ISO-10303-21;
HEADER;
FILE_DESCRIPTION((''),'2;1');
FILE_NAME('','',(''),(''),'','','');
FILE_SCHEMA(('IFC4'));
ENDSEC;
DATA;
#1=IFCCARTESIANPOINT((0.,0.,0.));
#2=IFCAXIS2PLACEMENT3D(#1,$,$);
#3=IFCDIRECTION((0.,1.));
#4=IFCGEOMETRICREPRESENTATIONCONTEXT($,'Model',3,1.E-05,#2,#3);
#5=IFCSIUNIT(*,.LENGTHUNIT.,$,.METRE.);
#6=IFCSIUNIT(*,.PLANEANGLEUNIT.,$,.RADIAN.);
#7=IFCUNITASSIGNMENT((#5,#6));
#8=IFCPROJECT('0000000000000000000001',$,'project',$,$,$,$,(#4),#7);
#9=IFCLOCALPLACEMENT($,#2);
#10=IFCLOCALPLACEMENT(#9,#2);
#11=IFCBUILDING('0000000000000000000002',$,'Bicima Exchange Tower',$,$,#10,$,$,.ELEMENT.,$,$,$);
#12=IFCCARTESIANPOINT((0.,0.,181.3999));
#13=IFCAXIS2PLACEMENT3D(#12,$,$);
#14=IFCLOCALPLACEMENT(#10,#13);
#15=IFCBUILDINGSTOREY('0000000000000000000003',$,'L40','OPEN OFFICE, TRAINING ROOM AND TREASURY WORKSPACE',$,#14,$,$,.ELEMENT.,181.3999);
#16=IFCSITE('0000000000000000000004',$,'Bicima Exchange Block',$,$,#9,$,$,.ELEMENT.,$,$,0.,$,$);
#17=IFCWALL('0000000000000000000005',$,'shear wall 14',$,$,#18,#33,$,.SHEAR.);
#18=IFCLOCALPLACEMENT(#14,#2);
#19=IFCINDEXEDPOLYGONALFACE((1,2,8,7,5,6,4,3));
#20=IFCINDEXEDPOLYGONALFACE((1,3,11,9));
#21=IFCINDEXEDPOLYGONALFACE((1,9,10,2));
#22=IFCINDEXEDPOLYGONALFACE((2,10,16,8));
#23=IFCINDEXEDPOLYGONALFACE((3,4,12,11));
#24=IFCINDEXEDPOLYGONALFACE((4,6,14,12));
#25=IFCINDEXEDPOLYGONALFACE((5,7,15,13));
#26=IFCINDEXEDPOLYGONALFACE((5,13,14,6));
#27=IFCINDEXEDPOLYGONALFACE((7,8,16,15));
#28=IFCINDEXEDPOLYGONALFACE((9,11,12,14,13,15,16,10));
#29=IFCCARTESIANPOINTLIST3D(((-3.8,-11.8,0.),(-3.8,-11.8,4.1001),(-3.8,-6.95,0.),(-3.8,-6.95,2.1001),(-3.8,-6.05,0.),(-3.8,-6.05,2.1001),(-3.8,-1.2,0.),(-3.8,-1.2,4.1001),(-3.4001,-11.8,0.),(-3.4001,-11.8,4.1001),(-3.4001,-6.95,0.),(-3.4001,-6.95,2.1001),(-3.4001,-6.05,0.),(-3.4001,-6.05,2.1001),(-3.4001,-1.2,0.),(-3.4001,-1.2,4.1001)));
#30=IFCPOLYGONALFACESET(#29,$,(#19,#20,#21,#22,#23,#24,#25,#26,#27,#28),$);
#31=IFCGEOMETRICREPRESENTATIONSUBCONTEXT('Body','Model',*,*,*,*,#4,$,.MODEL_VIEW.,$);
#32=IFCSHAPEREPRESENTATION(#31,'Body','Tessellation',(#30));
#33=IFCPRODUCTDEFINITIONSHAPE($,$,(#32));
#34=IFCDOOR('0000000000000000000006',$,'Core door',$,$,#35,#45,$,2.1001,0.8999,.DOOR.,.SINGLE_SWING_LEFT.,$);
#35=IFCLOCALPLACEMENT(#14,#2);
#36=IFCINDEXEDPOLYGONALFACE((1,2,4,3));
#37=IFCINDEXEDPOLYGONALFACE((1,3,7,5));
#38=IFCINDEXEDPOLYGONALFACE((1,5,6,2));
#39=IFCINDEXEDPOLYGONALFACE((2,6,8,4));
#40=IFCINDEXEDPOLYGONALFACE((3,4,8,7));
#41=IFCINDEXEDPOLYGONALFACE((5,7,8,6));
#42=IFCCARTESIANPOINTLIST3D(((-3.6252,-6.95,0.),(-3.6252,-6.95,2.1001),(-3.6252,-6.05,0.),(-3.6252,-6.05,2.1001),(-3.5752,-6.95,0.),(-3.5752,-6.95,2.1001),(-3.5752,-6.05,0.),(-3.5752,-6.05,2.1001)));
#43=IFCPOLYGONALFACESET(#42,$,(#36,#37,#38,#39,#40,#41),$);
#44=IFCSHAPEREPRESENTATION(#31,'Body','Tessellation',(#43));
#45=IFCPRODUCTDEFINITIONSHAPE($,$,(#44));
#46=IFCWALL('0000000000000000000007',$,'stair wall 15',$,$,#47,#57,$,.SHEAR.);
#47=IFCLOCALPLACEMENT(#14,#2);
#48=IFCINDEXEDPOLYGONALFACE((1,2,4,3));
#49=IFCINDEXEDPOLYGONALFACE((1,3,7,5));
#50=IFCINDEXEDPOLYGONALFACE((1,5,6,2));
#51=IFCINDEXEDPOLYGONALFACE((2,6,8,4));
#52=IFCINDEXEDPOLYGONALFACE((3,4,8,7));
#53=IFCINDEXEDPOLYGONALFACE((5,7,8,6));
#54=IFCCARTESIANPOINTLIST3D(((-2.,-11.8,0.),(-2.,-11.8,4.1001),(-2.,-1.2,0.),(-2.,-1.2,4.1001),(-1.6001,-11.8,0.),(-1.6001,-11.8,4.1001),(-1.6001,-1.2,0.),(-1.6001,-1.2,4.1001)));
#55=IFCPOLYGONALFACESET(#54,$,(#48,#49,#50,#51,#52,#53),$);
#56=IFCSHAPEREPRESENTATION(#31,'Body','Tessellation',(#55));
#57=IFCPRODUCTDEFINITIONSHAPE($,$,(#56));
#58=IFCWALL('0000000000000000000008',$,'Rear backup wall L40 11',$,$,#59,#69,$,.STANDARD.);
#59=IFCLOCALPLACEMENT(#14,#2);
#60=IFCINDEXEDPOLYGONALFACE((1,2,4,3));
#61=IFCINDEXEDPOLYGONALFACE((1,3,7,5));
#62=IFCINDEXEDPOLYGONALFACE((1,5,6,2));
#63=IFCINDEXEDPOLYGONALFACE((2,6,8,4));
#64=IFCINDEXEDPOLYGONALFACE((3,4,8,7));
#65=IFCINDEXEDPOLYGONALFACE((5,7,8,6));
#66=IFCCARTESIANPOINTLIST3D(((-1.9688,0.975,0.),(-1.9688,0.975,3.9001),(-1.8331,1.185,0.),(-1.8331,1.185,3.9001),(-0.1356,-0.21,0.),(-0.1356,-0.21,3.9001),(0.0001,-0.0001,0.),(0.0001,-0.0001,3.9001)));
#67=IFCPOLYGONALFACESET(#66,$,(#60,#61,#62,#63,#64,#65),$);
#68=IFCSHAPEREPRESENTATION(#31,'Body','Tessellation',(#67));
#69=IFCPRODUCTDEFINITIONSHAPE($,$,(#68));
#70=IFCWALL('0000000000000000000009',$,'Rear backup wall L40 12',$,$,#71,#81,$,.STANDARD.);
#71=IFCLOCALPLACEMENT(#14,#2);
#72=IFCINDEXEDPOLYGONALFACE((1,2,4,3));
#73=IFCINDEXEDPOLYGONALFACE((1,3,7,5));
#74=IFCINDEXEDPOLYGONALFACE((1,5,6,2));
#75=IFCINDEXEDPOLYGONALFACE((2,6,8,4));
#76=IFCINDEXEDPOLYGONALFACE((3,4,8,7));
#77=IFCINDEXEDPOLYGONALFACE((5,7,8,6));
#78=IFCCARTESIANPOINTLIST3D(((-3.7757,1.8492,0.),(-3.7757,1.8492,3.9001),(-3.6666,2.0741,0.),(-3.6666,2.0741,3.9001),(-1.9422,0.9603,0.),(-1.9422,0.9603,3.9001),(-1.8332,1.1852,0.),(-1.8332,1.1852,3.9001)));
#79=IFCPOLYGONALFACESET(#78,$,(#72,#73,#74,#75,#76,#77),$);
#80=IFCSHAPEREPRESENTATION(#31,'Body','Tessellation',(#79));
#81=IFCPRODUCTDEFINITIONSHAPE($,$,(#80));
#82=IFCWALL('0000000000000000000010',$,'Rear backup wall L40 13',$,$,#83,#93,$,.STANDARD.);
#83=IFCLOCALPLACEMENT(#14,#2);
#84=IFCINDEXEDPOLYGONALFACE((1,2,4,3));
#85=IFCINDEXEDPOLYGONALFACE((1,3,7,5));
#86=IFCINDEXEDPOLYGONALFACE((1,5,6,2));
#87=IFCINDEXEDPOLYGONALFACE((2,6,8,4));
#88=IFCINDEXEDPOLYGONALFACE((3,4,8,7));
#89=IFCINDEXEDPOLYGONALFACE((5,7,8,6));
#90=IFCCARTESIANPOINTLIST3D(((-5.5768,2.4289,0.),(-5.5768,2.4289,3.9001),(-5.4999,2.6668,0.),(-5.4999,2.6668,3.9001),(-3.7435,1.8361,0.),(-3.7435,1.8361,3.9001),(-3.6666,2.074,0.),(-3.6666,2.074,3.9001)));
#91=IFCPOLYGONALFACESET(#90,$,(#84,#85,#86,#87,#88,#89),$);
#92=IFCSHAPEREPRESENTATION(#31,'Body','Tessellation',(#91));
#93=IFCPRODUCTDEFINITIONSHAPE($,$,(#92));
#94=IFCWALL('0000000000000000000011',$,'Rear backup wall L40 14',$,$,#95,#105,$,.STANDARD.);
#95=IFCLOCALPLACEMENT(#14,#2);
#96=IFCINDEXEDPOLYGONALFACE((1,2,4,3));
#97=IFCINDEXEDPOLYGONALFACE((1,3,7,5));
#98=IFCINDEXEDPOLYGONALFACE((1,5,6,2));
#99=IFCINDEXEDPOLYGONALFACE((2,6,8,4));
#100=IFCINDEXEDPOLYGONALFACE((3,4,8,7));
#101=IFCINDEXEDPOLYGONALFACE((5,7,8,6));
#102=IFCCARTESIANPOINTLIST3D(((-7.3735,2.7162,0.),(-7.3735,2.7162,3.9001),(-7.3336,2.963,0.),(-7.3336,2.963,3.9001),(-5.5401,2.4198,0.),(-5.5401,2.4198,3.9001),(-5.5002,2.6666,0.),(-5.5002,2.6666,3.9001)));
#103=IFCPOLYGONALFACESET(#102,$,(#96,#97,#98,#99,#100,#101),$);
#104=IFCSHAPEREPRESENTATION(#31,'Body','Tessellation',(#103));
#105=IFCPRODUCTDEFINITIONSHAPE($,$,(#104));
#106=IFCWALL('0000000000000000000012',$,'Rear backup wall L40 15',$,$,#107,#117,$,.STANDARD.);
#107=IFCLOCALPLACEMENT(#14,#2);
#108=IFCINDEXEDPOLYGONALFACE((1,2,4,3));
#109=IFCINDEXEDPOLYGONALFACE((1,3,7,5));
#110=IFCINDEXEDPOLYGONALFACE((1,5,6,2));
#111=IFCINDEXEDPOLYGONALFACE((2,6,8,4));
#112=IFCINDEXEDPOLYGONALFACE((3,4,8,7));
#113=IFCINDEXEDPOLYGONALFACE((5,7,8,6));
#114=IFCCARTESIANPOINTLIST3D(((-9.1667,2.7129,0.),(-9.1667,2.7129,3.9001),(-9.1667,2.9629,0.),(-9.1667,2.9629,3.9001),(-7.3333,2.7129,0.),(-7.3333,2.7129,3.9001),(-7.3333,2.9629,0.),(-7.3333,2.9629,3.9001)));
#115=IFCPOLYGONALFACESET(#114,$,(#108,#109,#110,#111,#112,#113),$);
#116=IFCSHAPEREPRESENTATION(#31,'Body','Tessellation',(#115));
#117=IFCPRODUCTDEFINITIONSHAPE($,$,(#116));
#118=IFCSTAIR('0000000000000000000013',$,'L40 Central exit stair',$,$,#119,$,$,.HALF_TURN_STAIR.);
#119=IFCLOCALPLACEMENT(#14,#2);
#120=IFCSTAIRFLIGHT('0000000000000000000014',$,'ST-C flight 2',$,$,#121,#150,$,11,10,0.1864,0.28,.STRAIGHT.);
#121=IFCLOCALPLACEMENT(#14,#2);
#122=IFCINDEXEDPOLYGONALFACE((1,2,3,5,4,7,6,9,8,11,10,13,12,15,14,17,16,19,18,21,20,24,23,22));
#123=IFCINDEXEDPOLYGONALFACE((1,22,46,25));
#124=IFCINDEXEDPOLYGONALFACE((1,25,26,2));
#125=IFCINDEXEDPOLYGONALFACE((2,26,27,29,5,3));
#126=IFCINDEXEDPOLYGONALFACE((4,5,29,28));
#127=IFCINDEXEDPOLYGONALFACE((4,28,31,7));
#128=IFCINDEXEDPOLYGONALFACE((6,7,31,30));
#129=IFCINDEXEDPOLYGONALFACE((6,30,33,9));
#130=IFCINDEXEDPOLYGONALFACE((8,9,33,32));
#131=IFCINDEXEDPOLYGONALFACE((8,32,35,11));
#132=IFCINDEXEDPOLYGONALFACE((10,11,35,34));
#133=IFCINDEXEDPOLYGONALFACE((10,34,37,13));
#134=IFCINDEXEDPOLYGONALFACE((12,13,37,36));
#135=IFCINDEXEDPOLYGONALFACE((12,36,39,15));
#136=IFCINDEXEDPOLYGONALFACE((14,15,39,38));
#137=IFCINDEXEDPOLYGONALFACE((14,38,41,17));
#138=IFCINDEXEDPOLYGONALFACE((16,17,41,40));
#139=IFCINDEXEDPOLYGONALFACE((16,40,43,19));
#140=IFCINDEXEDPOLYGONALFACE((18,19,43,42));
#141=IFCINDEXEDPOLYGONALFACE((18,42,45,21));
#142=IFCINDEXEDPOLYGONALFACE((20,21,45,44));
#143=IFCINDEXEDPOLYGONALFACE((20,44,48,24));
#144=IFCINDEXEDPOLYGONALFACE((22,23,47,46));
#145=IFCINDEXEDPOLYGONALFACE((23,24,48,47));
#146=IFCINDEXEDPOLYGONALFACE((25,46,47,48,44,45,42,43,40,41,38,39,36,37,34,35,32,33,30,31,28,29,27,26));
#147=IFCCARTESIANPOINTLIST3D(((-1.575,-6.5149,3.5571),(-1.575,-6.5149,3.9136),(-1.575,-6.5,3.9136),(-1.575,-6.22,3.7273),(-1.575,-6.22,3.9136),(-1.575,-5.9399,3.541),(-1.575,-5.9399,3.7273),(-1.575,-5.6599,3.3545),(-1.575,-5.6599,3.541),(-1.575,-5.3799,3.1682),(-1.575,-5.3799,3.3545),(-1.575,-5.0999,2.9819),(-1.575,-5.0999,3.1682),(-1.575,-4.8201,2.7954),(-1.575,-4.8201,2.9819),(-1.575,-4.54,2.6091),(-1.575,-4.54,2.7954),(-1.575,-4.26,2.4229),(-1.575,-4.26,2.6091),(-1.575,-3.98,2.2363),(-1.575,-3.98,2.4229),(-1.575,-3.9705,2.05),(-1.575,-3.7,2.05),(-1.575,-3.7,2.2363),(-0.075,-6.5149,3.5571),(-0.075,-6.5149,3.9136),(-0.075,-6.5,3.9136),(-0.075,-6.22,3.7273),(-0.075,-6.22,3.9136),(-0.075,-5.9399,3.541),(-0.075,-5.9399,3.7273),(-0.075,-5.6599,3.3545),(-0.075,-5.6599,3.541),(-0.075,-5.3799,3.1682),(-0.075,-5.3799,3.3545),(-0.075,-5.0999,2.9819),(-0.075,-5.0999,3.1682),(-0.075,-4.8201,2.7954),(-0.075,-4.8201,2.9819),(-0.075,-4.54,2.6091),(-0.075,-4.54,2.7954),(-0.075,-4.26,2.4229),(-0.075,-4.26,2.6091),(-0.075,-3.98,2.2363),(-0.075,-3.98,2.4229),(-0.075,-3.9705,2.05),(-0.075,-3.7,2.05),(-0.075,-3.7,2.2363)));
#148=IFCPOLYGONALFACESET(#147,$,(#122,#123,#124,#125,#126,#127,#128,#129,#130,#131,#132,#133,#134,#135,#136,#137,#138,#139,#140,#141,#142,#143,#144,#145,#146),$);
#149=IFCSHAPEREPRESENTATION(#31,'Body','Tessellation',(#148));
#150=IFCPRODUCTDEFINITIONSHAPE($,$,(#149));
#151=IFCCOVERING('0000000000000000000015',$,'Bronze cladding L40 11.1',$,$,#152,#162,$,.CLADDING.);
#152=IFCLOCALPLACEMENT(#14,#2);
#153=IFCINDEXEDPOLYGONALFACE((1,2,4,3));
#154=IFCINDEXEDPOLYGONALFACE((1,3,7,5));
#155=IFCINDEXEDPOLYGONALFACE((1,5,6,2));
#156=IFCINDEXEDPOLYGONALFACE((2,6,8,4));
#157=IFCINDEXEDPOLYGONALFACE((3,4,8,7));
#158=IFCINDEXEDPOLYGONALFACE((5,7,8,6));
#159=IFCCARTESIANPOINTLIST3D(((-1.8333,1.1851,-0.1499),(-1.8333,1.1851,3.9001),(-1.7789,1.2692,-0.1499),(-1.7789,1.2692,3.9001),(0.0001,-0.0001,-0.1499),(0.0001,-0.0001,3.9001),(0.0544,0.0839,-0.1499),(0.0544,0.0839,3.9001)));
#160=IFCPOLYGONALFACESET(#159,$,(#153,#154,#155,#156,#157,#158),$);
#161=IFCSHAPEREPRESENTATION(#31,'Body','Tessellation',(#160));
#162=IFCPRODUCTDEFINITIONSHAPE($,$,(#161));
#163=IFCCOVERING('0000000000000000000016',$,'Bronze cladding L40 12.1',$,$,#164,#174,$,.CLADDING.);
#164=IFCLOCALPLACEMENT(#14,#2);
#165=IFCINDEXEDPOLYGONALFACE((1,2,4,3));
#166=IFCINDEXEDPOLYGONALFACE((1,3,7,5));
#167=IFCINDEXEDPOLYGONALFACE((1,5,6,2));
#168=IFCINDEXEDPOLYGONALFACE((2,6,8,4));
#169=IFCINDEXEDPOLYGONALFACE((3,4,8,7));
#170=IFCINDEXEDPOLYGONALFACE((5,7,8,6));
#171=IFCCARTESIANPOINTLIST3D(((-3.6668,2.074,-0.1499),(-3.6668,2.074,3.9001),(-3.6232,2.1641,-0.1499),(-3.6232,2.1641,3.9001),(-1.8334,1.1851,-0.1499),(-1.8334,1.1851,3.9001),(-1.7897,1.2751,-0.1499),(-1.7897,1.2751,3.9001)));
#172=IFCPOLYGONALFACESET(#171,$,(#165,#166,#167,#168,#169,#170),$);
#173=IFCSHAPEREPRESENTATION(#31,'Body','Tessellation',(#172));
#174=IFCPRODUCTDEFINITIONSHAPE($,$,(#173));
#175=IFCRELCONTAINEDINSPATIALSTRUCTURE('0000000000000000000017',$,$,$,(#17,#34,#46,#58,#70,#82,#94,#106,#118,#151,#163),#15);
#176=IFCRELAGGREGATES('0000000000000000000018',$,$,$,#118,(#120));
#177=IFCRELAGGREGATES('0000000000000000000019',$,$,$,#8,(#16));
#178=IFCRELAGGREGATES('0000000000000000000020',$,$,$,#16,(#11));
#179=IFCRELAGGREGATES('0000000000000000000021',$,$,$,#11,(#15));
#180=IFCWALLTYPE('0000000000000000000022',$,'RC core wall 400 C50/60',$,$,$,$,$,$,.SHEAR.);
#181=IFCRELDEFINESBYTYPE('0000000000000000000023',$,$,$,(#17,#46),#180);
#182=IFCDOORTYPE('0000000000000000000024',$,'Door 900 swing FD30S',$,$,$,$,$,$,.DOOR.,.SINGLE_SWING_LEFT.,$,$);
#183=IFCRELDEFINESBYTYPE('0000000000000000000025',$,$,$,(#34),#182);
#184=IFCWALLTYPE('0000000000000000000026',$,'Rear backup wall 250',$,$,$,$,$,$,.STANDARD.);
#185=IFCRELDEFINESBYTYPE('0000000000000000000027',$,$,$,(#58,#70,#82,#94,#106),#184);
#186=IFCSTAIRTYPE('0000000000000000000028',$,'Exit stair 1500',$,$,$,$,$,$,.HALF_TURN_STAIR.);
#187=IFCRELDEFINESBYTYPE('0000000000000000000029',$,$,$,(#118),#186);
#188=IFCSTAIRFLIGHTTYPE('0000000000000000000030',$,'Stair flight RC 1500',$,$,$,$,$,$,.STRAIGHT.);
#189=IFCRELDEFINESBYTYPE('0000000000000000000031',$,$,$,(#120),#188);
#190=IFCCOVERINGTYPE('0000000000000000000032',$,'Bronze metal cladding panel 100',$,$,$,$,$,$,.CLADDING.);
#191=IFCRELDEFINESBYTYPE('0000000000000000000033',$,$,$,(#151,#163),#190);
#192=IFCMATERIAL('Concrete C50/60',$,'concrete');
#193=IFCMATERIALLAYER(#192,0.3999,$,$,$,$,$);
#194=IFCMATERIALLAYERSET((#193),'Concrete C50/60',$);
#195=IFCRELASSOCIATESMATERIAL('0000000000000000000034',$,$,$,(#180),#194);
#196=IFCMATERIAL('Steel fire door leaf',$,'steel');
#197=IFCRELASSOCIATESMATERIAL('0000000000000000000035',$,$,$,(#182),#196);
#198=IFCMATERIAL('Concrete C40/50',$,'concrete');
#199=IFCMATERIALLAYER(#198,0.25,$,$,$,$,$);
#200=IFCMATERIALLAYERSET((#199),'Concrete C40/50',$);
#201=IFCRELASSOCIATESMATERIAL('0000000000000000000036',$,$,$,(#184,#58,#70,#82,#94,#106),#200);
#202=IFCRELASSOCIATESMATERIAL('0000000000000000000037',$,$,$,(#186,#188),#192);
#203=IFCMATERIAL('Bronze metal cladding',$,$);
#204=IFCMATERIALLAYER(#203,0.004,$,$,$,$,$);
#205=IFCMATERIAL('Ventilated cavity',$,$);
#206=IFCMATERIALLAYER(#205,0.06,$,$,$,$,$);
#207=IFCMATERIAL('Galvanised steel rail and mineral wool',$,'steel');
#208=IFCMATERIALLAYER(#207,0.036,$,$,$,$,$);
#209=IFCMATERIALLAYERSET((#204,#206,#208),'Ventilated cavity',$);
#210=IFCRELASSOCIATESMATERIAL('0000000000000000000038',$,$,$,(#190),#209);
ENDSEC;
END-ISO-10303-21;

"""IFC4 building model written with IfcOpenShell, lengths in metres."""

from ifc_helpers import new_model, si_unit, direction, frame, frame_2d, origin, origin_2d, place, context, subcontext, project, spatial, polyline, rectangle, outline, extrude, material, layer, layer_set, layer_usage, type_object, element, fill, aggregate, save


model = new_model("IFC4")

# Units and contexts
model_context = context("Model", 3, precision=1e-05, world=origin(), true_north=direction((0.0, 1.0)))
body_context = subcontext(model_context, "Body", "Model", "MODEL_VIEW")
ifc_project = project(units=[si_unit("LENGTHUNIT", "METRE"), si_unit("PLANEANGLEUNIT", "RADIAN")], contexts=[model_context])

# Site, building, storey
site_placement = place(None, origin())
site = spatial("IfcSite", under=ifc_project, at=site_placement, Name="Bicima Exchange Block", CompositionType="ELEMENT", RefElevation=0.0)
building_placement = place(site_placement, origin())
building = spatial("IfcBuilding", under=site, at=building_placement, Name="Bicima Exchange Tower", CompositionType="ELEMENT")
storey_placement = place(building_placement, frame((0.0, 0.0, 181.3999)))
storey = spatial("IfcBuildingStorey", under=building, at=storey_placement, Name="L40", Description="OPEN OFFICE, TRAINING ROOM AND TREASURY WORKSPACE", CompositionType="ELEMENT", Elevation=181.3999)

# Shared definitions
ifc_material_1 = material(Name="Concrete C40/50", Category="concrete")

# Shared definitions
ifc_material_2 = material(Name="Concrete C50/60", Category="concrete")
ifc_layer_1 = layer(ifc_material_2, 0.3999)
ifc_layer_set_1 = layer_set([ifc_layer_1], Name="Concrete C50/60")
wall_type_1 = type_object("IfcWallType", Name="RC core wall 400 C50/60", PredefinedType="SHEAR", material=ifc_layer_set_1)
ifc_material_3 = material(Name="Steel fire door leaf", Category="steel")

# Wall, opening, door
wall_1_placement = place(storey_placement, frame((-3.6001, -11.8, 0.0), z_axis=(0.0, 0.0, 1.0), x_axis=(0.0, 1.0, 0.0)))
wall_1 = element("IfcWall", 1, at=wall_1_placement, inside=storey, type_object=wall_type_1, Name="shear wall 14", PredefinedType="SHEAR", context=body_context, shape_type="SweptSolid", body=[
    extrude(rectangle(XDim=10.6001, YDim=0.3999, at=frame_2d((5.3, 0.0))), origin(), (0.0, 0.0, 1.0), 4.1001),
])
opening_1_placement = place(wall_1_placement, frame((4.8501, 0.0, 0.0)))
opening_1 = element("IfcOpeningElement", 2, at=opening_1_placement, cuts=wall_1, PredefinedType="OPENING", context=body_context, shape_type="SweptSolid", body=[
    extrude(rectangle(XDim=0.8999, YDim=2.1001, at=frame_2d((0.45, 1.05))), frame((0.0, 0.2119, 0.0), z_axis=(0.0, -1.0, 0.0), x_axis=(1.0, 0.0, 0.0)), (0.0, 0.0, 1.0), 0.4238),
])
door_type_1 = type_object("IfcDoorType", Name="Door 900 swing FD30S", OperationType="SINGLE_SWING_LEFT", PredefinedType="DOOR", material=ifc_material_3)
door_1_placement = place(opening_1_placement, frame((0.8999, 0.0, 0.0), z_axis=(0.0, 0.0, 1.0), x_axis=(-1.0, 0.0, 0.0)))
door_1 = element("IfcDoor", 3, at=door_1_placement, inside=storey, type_object=door_type_1, Name="Core door", OperationType="SINGLE_SWING_LEFT", OverallHeight=2.1001, OverallWidth=0.8999, PredefinedType="DOOR", context=body_context, shape_type="SweptSolid", body=[
    extrude(rectangle(XDim=0.8999, YDim=2.1001, at=frame_2d((0.45, 1.05))), frame((0.0, 0.0249, 0.0), z_axis=(0.0, -1.0, 0.0), x_axis=(1.0, 0.0, 0.0)), (0.0, 0.0, 1.0), 0.05),
])
fill(opening_1, door_1)

# Walls
wall_2_placement = place(storey_placement, frame((-1.8, -11.8, 0.0), z_axis=(0.0, 0.0, 1.0), x_axis=(0.0, 1.0, 0.0)))
element("IfcWall", 4, at=wall_2_placement, inside=storey, type_object=wall_type_1, Name="stair wall 15", PredefinedType="SHEAR", context=body_context, shape_type="SweptSolid", body=[
    extrude(rectangle(XDim=10.6001, YDim=0.3999, at=frame_2d((5.3, 0.0))), origin(), (0.0, 0.0, 1.0), 4.1001),
])
ifc_layer_2 = layer(ifc_material_1, 0.25)
ifc_layer_set_2 = layer_set([ifc_layer_2], Name="Concrete C40/50")
ifc_layer_usage = layer_usage(ifc_layer_set_2, "AXIS2", "POSITIVE", -0.125)
wall_type_2 = type_object("IfcWallType", Name="Rear backup wall 250", PredefinedType="STANDARD", material=ifc_layer_set_2)
wall_3_placement = place(storey_placement, frame((-0.0679, -0.105, 0.0), z_axis=(0.0, 0.0, 1.0), x_axis=(-0.839813, 0.542876, 0.0)))
element("IfcWall", 5, at=wall_3_placement, inside=storey, type_object=wall_type_2, material=ifc_layer_usage, Name="Rear backup wall L40 11", PredefinedType="STANDARD", context=body_context, shape_type="SweptSolid", body=[
    extrude(rectangle(XDim=2.1829, YDim=0.25, at=frame_2d((1.0913, 0.0))), origin(), (0.0, 0.0, 1.0), 3.9001),
])
wall_4_placement = place(storey_placement, frame((-1.8877, 1.0728, 0.0), z_axis=(0.0, 0.0, 1.0), x_axis=(-0.899824, 0.436253, 0.0)))
element("IfcWall", 6, at=wall_4_placement, inside=storey, type_object=wall_type_2, material=ifc_layer_usage, Name="Rear backup wall L40 12", PredefinedType="STANDARD", context=body_context, shape_type="SweptSolid", body=[
    extrude(rectangle(XDim=2.0376, YDim=0.25, at=frame_2d((1.0188, 0.0))), origin(), (0.0, 0.0, 1.0), 3.9001),
])
wall_5_placement = place(storey_placement, frame((-3.7051, 1.9551, 0.0), z_axis=(0.0, 0.0, 1.0), x_axis=(-0.951496, 0.307662, 0.0)))
element("IfcWall", 7, at=wall_5_placement, inside=storey, type_object=wall_type_2, material=ifc_layer_usage, Name="Rear backup wall L40 13", PredefinedType="STANDARD", context=body_context, shape_type="SweptSolid", body=[
    extrude(rectangle(XDim=1.9268, YDim=0.25, at=frame_2d((0.9634, 0.0))), origin(), (0.0, 0.0, 1.0), 3.9001),
])
wall_6_placement = place(storey_placement, frame((-5.52, 2.5432, 0.0), z_axis=(0.0, 0.0, 1.0), x_axis=(-0.987182, 0.1596, 0.0)))
element("IfcWall", 8, at=wall_6_placement, inside=storey, type_object=wall_type_2, material=ifc_layer_usage, Name="Rear backup wall L40 14", PredefinedType="STANDARD", context=body_context, shape_type="SweptSolid", body=[
    extrude(rectangle(XDim=1.8572, YDim=0.25, at=frame_2d((0.9287, 0.0))), origin(), (0.0, 0.0, 1.0), 3.9001),
])
wall_7_placement = place(storey_placement, frame((-7.3333, 2.8379, 0.0), z_axis=(0.0, 0.0, 1.0), x_axis=(-1.0, 0.0, 0.0)))
element("IfcWall", 9, at=wall_7_placement, inside=storey, type_object=wall_type_2, material=ifc_layer_usage, Name="Rear backup wall L40 15", PredefinedType="STANDARD", context=body_context, shape_type="SweptSolid", body=[
    extrude(rectangle(XDim=1.8335, YDim=0.25, at=frame_2d((0.9167, 0.0))), origin(), (0.0, 0.0, 1.0), 3.9001),
])

# Stair, stair flight
stair_type = type_object("IfcStairType", Name="Exit stair 1500", PredefinedType="HALF_TURN_STAIR", material=ifc_material_2)
stair_placement = place(storey_placement, origin())
stair = element("IfcStair", 10, at=stair_placement, inside=storey, type_object=stair_type, Name="L40 Central exit stair", PredefinedType="HALF_TURN_STAIR")
stair_flight_type = type_object("IfcStairFlightType", Name="Stair flight RC 1500", PredefinedType="STRAIGHT", material=ifc_material_2)
stair_flight_placement = place(storey_placement, frame((-0.825, -3.7, 2.05), z_axis=(0.0, 0.0, 1.0), x_axis=(0.0, -1.0, 0.0)))
stair_flight = element("IfcStairFlight", 11, at=stair_flight_placement, type_object=stair_flight_type, Name="ST-C flight 2", NumberOfRisers=11, NumberOfTreads=10, PredefinedType="STRAIGHT", RiserHeight=0.1864, TreadLength=0.28, context=body_context, shape_type="SweptSolid", body=[
    extrude(outline(polyline([(0.0, 0.0), (0.0, 0.1863), (0.28, 0.1863), (0.28, 0.3728), (0.5601, 0.3728), (0.5601, 0.5591), (0.8401, 0.5591), (0.8401, 0.7454), (1.1201, 0.7454), (1.1201, 0.9319), (1.3999, 0.9319), (1.3999, 1.1182), (1.6799, 1.1182), (1.6799, 1.3044), (1.96, 1.3044), (1.96, 1.491), (2.24, 1.491), (2.24, 1.6772), (2.52, 1.6772), (2.52, 1.8635), (2.8, 1.8635), (2.8149, 1.8635), (2.8149, 1.5071), (0.2705, 0.0), (0.0, 0.0)])), frame((0.0, 0.75, 0.0), z_axis=(0.0, -1.0, 0.0), x_axis=(1.0, 0.0, 0.0)), (0.0, 0.0, 1.0), 1.5),
])
aggregate(stair, [stair_flight])

# Coverings
ifc_material_4 = material(Name="Bronze metal cladding")
ifc_layer_3 = layer(ifc_material_4, 0.004)
ifc_material_5 = material(Name="Ventilated cavity")
ifc_layer_4 = layer(ifc_material_5, 0.06)
ifc_material_6 = material(Name="Galvanised steel rail and mineral wool", Category="steel")
ifc_layer_5 = layer(ifc_material_6, 0.036)
ifc_layer_set_3 = layer_set([ifc_layer_3, ifc_layer_4, ifc_layer_5], Name="Ventilated cavity")
covering_type = type_object("IfcCoveringType", Name="Bronze metal cladding panel 100", PredefinedType="CLADDING", material=ifc_layer_set_3)
covering_1_placement = place(storey_placement, frame((-0.8894, 0.6345, -0.1499), z_axis=(0.0, 0.0, 1.0), x_axis=(-0.83979, 0.542911, 0.0)))
element("IfcCovering", 12, at=covering_1_placement, inside=storey, type_object=covering_type, Name="Bronze cladding L40 11.1", PredefinedType="CLADDING", context=body_context, shape_type="SweptSolid", body=[
    extrude(rectangle(XDim=2.1831, YDim=0.1001, at=origin_2d()), origin(), (0.0, 0.0, 1.0), 4.05),
])
covering_2_placement = place(storey_placement, frame((-2.7283, 1.6746, -0.1499), z_axis=(0.0, 0.0, 1.0), x_axis=(-0.899818, 0.436265, 0.0)))
element("IfcCovering", 13, at=covering_2_placement, inside=storey, type_object=covering_type, Name="Bronze cladding L40 12.1", PredefinedType="CLADDING", context=body_context, shape_type="SweptSolid", body=[
    extrude(rectangle(XDim=2.0376, YDim=0.1001, at=origin_2d()), origin(), (0.0, 0.0, 1.0), 4.05),
])

save(model, "model.ifc")
